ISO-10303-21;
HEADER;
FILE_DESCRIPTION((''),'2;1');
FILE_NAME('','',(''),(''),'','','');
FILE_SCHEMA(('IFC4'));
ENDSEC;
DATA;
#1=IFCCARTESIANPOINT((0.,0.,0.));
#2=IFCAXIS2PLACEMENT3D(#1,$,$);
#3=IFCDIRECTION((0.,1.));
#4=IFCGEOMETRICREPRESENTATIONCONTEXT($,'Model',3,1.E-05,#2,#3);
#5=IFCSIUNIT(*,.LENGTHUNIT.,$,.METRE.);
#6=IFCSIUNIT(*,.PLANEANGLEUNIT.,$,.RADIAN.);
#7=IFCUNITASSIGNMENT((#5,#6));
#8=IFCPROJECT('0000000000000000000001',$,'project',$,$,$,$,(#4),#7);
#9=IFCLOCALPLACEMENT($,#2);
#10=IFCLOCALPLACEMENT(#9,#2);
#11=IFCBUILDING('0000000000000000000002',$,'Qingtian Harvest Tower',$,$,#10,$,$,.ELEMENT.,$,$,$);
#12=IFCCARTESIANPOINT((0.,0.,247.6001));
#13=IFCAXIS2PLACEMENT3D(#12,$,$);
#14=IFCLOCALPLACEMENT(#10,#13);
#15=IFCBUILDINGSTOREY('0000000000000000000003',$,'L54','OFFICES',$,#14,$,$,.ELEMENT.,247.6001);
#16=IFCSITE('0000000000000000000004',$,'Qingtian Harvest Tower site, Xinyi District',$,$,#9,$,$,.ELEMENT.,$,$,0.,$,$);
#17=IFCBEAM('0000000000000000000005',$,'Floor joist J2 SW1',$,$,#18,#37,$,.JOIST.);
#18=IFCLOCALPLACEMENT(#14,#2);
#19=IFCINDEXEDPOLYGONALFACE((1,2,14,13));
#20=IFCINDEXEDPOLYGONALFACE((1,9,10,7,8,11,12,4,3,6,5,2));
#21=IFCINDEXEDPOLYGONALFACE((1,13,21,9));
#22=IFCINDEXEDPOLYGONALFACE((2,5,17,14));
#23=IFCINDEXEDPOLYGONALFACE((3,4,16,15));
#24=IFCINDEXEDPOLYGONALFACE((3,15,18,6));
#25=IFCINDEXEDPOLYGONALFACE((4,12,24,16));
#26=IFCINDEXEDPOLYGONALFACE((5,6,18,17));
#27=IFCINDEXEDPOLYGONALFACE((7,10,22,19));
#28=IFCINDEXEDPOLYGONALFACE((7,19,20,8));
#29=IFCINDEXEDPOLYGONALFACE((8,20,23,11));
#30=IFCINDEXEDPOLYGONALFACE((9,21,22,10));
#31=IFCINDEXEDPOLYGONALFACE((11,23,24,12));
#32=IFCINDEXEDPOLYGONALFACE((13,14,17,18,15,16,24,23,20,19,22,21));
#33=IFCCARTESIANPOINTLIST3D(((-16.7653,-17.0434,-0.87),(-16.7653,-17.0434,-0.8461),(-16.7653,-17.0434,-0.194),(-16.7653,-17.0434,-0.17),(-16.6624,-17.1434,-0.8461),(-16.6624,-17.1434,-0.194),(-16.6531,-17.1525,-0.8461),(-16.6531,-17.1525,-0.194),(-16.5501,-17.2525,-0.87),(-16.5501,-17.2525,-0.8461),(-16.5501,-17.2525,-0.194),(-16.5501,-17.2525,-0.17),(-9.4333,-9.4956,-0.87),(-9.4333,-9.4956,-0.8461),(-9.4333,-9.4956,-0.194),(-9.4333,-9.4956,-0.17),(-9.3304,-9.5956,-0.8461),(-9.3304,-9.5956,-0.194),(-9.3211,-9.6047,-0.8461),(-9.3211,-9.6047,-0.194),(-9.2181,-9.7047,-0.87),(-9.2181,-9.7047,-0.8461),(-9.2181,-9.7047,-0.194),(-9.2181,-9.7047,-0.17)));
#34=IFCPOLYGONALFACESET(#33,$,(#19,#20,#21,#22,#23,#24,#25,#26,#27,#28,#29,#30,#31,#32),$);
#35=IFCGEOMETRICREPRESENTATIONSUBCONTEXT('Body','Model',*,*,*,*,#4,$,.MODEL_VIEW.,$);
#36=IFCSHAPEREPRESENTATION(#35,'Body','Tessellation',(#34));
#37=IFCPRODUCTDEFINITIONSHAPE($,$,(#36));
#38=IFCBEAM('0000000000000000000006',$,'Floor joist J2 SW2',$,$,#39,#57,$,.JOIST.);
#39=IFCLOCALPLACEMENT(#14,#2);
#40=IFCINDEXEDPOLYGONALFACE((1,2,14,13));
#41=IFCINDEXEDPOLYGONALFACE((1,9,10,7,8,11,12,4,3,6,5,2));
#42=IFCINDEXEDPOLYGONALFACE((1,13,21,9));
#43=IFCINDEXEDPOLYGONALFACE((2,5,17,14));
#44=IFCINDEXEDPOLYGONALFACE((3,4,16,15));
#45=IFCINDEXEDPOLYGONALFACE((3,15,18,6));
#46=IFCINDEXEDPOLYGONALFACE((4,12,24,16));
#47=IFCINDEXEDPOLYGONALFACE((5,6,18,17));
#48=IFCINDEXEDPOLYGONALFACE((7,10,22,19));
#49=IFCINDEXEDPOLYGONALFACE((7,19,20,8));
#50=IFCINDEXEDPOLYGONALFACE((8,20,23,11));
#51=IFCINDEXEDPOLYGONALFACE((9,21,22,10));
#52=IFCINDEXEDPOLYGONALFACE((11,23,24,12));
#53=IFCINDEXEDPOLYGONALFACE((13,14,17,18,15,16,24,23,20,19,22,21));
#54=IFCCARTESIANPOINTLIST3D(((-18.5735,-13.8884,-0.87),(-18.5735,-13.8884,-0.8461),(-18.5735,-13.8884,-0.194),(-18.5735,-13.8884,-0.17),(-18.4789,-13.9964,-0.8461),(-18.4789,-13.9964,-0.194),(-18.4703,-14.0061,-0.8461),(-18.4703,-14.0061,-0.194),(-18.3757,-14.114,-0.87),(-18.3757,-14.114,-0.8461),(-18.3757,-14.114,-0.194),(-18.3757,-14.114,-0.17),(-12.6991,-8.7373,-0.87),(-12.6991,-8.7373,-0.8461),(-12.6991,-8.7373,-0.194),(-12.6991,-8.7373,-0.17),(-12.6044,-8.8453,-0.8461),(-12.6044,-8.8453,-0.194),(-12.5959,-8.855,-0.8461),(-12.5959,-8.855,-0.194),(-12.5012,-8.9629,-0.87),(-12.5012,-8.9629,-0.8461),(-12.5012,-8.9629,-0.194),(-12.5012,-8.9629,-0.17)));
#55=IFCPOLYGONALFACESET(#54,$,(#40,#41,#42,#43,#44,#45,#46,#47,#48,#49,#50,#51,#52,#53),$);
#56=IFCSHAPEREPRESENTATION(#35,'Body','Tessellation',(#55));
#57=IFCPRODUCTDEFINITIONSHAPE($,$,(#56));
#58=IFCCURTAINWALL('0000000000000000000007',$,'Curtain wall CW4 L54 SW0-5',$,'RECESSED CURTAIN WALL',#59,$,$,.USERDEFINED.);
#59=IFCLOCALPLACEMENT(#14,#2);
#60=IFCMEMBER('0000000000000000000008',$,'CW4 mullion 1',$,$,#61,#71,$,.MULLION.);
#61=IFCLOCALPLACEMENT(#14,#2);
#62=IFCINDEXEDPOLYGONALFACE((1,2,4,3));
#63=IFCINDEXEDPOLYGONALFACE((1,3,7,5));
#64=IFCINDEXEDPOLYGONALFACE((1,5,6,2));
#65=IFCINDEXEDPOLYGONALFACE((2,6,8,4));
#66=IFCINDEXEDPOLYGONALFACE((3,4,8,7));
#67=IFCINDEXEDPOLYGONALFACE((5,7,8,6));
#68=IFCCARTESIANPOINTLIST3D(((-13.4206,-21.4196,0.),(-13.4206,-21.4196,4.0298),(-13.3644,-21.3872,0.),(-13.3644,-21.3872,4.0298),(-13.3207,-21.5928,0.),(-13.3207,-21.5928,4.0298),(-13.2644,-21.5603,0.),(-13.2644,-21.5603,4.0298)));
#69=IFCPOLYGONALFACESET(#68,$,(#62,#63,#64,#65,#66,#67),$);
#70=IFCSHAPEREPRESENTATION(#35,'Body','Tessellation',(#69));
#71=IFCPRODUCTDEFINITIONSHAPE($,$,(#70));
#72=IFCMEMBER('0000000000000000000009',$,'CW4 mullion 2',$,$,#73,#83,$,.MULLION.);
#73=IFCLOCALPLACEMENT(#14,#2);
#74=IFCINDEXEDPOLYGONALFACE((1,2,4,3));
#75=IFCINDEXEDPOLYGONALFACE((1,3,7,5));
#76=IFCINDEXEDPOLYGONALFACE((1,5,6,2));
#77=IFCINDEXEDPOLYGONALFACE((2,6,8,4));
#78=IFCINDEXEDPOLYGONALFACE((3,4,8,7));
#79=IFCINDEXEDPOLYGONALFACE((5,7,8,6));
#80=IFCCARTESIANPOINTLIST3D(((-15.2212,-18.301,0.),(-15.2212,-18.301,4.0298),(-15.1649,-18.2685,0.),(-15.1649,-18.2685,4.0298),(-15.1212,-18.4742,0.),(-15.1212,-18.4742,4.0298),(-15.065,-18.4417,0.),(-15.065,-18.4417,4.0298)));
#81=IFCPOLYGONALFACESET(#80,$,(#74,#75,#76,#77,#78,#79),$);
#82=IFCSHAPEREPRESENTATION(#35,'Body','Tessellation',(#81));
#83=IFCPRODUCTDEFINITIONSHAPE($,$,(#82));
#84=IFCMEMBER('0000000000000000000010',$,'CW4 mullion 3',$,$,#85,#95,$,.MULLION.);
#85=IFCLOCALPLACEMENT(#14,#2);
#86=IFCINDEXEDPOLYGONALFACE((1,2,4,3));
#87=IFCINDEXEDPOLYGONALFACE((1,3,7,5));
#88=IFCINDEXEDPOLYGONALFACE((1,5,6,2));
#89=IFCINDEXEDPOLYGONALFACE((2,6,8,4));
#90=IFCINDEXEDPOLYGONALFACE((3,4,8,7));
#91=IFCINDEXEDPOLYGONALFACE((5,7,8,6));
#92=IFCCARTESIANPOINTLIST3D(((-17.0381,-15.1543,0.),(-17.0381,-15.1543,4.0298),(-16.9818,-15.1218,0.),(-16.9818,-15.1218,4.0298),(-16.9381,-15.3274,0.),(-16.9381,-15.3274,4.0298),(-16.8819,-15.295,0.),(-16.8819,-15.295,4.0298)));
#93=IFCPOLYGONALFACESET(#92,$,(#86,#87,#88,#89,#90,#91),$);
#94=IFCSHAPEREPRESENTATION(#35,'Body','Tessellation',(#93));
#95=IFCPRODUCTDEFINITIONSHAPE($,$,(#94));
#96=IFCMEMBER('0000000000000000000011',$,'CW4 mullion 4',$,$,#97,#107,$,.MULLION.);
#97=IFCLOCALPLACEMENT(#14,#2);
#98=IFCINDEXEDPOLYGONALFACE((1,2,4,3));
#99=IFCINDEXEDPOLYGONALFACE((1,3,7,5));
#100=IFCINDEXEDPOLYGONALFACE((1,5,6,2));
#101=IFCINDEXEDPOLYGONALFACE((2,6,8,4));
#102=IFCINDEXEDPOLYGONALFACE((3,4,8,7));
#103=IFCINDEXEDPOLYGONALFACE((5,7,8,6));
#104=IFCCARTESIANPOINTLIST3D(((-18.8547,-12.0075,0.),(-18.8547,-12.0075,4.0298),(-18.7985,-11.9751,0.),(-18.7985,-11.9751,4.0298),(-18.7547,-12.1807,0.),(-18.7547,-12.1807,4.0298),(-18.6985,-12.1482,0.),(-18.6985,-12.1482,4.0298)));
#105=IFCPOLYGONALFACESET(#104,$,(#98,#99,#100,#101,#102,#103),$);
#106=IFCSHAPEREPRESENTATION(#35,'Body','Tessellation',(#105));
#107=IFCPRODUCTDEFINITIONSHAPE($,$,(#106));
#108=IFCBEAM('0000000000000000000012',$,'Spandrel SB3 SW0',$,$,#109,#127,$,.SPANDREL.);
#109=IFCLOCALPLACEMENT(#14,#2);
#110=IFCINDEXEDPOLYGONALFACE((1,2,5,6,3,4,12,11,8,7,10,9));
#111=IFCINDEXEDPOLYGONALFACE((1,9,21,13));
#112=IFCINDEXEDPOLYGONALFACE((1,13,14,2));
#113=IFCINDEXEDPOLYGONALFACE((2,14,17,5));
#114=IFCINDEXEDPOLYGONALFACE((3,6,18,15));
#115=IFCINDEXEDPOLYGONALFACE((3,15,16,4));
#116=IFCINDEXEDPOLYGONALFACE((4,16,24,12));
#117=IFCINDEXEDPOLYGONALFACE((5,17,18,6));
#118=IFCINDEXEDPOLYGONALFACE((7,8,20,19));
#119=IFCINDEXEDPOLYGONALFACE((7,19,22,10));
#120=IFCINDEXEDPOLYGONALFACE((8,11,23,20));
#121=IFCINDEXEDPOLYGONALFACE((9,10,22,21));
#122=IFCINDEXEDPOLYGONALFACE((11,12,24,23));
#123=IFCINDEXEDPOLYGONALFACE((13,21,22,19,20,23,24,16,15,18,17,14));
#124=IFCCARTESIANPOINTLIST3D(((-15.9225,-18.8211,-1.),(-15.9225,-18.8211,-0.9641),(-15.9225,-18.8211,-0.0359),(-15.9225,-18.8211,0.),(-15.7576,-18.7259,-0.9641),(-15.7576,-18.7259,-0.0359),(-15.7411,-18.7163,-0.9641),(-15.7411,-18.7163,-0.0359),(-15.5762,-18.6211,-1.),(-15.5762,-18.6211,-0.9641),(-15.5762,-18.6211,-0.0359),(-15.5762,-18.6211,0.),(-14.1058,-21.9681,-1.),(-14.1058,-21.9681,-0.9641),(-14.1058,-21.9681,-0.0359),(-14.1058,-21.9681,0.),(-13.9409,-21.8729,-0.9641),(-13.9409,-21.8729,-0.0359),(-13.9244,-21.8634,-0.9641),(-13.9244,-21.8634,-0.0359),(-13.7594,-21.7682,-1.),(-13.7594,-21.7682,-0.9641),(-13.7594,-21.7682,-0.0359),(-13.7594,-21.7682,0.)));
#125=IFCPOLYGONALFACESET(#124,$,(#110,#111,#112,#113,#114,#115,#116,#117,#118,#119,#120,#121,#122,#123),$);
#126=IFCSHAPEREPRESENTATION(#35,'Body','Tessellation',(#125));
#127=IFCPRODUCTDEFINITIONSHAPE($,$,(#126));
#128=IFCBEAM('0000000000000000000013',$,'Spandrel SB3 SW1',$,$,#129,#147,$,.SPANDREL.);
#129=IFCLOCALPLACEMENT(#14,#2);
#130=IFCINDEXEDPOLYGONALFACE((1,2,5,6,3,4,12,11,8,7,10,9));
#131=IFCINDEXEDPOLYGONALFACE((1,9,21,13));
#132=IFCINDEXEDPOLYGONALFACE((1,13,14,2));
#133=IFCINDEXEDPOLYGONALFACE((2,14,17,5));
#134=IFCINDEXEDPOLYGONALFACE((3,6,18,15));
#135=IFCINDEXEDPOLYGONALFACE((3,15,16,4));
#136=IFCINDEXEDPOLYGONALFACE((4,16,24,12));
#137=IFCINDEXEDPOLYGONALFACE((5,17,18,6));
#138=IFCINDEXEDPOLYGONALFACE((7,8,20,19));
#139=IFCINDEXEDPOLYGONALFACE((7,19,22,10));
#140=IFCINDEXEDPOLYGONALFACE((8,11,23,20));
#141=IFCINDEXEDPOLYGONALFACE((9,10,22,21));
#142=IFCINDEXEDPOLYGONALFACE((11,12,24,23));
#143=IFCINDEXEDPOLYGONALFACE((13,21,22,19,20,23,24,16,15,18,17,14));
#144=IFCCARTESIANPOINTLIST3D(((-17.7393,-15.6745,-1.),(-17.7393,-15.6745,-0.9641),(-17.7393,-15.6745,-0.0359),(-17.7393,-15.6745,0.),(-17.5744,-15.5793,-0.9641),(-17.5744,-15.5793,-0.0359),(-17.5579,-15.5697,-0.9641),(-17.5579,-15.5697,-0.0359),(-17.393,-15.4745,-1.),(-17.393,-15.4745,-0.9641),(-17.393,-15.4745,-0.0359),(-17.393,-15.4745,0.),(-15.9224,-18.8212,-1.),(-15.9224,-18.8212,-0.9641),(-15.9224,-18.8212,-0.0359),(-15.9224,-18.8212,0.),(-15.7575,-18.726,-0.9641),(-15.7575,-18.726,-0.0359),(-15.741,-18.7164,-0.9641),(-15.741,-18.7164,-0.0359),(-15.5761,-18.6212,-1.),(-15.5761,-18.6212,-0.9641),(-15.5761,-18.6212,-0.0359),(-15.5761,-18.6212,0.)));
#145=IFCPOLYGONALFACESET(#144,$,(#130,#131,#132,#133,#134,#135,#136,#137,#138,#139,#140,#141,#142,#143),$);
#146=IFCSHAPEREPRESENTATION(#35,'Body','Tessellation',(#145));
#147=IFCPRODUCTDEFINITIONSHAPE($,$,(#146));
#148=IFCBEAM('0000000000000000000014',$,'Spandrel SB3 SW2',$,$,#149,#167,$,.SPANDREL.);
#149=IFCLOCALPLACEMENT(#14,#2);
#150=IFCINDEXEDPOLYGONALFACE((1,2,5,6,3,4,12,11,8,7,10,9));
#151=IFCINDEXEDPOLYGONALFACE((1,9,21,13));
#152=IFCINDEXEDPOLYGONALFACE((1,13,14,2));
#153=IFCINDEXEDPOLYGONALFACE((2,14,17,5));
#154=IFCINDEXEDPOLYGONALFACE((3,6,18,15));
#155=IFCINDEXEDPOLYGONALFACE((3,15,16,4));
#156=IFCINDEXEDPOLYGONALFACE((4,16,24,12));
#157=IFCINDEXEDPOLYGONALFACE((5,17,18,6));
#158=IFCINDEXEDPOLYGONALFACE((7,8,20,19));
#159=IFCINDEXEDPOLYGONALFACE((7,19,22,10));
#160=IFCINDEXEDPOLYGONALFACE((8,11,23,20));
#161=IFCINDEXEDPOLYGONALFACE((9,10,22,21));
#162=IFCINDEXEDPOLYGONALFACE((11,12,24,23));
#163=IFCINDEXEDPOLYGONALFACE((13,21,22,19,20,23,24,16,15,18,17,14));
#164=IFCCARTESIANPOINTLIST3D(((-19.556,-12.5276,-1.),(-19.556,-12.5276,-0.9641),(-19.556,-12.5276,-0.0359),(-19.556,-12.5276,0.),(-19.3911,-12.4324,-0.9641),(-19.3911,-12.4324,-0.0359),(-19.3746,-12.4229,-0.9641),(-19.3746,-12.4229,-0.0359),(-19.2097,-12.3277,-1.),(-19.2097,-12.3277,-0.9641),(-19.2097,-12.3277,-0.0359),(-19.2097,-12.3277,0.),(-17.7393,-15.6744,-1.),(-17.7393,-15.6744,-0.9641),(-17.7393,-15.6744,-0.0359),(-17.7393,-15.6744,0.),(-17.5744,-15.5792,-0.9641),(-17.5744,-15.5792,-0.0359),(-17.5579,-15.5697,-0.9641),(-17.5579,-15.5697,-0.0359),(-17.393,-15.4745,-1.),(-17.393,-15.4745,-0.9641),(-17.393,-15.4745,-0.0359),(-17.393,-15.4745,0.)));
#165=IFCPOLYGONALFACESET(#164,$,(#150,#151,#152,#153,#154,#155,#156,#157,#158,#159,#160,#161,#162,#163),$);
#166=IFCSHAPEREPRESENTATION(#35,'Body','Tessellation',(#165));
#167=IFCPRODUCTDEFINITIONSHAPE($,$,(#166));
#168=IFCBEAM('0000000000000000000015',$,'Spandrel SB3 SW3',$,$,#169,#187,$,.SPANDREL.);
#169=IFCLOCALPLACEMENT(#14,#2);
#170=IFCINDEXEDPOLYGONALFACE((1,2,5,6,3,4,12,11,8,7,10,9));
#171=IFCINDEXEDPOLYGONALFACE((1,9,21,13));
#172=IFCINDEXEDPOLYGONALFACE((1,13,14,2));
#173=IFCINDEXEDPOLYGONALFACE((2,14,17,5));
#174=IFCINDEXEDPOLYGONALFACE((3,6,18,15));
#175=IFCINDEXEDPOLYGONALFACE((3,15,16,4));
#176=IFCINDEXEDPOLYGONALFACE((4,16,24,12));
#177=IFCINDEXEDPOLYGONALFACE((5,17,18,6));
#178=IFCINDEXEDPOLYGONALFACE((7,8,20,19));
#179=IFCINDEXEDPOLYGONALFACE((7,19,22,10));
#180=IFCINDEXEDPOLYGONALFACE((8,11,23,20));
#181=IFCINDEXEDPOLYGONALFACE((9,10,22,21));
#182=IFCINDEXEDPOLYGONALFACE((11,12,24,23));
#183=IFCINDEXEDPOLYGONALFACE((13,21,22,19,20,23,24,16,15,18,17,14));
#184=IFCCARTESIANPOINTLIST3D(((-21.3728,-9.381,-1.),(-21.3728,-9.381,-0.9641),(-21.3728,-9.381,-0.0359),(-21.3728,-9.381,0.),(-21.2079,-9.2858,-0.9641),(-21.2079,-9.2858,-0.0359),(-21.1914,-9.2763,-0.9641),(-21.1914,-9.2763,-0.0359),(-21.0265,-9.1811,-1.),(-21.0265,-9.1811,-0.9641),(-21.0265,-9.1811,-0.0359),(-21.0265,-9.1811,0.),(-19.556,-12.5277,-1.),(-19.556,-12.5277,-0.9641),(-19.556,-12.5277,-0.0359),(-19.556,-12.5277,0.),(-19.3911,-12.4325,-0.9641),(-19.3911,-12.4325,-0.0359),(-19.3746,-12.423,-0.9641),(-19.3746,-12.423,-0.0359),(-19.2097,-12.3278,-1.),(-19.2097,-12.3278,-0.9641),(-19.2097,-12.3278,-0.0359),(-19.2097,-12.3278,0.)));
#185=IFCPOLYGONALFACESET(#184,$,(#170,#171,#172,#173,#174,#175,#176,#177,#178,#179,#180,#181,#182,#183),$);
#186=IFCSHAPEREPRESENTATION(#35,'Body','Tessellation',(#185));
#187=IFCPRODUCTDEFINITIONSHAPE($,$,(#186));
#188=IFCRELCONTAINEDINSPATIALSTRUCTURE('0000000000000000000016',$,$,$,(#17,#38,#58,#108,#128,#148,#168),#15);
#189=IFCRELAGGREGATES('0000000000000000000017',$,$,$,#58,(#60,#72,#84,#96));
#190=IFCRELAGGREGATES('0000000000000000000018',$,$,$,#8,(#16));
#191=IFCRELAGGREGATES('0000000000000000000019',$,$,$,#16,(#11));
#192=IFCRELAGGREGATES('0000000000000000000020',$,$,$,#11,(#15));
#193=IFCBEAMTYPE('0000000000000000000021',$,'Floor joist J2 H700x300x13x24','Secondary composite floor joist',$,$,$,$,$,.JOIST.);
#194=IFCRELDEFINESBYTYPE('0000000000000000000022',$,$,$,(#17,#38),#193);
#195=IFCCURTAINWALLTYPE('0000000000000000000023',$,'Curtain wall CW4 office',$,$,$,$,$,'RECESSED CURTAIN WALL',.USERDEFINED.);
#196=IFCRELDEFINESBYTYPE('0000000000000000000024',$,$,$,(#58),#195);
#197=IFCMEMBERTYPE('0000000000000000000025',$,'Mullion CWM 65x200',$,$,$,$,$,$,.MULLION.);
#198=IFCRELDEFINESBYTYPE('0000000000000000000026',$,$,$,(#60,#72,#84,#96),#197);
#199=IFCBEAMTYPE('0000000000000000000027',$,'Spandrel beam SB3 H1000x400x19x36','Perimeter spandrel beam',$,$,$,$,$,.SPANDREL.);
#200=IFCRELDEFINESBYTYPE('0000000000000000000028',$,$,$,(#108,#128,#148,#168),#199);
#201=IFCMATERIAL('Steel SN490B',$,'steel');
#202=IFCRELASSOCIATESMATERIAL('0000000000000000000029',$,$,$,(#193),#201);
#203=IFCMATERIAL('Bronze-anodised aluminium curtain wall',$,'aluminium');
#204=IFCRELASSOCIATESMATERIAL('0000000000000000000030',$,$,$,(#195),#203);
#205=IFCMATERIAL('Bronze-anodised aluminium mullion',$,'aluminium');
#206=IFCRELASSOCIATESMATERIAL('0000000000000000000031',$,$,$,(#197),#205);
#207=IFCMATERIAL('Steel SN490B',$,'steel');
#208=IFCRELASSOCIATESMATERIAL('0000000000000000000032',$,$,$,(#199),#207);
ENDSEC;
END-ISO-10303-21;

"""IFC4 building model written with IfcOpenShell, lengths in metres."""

from ifc_helpers import new_model, si_unit, direction, frame, origin, origin_2d, place, context, subcontext, project, spatial, rectangle, i_section, extrude, material, material_profile, profile_set, type_object, element, aggregate, save


model = new_model("IFC4")

# Units and contexts
model_context = context("Model", 3, precision=1e-05, world=origin(), true_north=direction((0.0, 1.0)))
body_context = subcontext(model_context, "Body", "Model", "MODEL_VIEW")
ifc_project = project(units=[si_unit("LENGTHUNIT", "METRE"), si_unit("PLANEANGLEUNIT", "RADIAN")], contexts=[model_context])

# Site, building, storey
site_placement = place(None, origin())
site = spatial("IfcSite", under=ifc_project, at=site_placement, Name="Qingtian Harvest Tower site, Xinyi District", CompositionType="ELEMENT", RefElevation=0.0)
building_placement = place(site_placement, origin())
building = spatial("IfcBuilding", under=site, at=building_placement, Name="Qingtian Harvest Tower", CompositionType="ELEMENT")
storey_placement = place(building_placement, frame((0.0, 0.0, 247.6001)))
storey = spatial("IfcBuildingStorey", under=building, at=storey_placement, Name="L54", Description="OFFICES", CompositionType="ELEMENT", Elevation=247.6001)

# Beams
ifc_material_1 = material(Name="Steel SN490B", Category="steel")
ifc_material_profile_1 = material_profile(ifc_material_1, i_section(OverallWidth=0.3, OverallDepth=0.7, WebThickness=0.0129, FlangeThickness=0.0239, at=origin_2d()), Name="H700x300x13x24")
ifc_profile_set_1 = profile_set([ifc_material_profile_1], Name="Steel SN490B")
beam_type_1 = type_object("IfcBeamType", Name="Floor joist J2 H700x300x13x24", Description="Secondary composite floor joist", PredefinedType="JOIST", material=ifc_profile_set_1)
beam_1_placement = place(storey_placement, frame((-16.6577, -17.1479, -0.52), z_axis=(0.696777, 0.717287, 0.0), x_axis=(-0.717287, 0.696777, 0.0)))
element("IfcBeam", 1, at=beam_1_placement, inside=storey, type_object=beam_type_1, Name="Floor joist J2 SW1", PredefinedType="JOIST", context=body_context, shape_type="SweptSolid", body=[
    extrude(i_section(OverallWidth=0.3, OverallDepth=0.7, WebThickness=0.0129, FlangeThickness=0.0239, at=origin_2d()), origin(), (0.0, 0.0, 1.0), 10.5227),
])
beam_2_placement = place(storey_placement, frame((-18.4746, -14.0012, -0.52), z_axis=(0.751883, 0.659296, 0.0), x_axis=(-0.659296, 0.751883, 0.0)))
element("IfcBeam", 2, at=beam_2_placement, inside=storey, type_object=beam_type_1, Name="Floor joist J2 SW2", PredefinedType="JOIST", context=body_context, shape_type="SweptSolid", body=[
    extrude(i_section(OverallWidth=0.3, OverallDepth=0.7, WebThickness=0.0129, FlangeThickness=0.0239, at=origin_2d()), origin(), (0.0, 0.0, 1.0), 7.813),
])

# Curtain wall, members
ifc_material_2 = material(Name="Bronze-anodised aluminium curtain wall", Category="aluminium")
curtain_wall_type = type_object("IfcCurtainWallType", Name="Curtain wall CW4 office", ElementType="RECESSED CURTAIN WALL", PredefinedType="USERDEFINED", material=ifc_material_2)
curtain_wall_placement = place(storey_placement, origin())
curtain_wall = element("IfcCurtainWall", 3, at=curtain_wall_placement, inside=storey, type_object=curtain_wall_type, Name="Curtain wall CW4 L54 SW0-5", ObjectType="RECESSED CURTAIN WALL", PredefinedType="USERDEFINED")
ifc_material_3 = material(Name="Bronze-anodised aluminium mullion", Category="aluminium")
ifc_material_profile_2 = material_profile(ifc_material_3, rectangle(XDim=0.0649, YDim=0.2, at=origin_2d()), Name="AL 65x200")
ifc_profile_set_2 = profile_set([ifc_material_profile_2], Name="Bronze-anodised aluminium mullion")
member_type_1 = type_object("IfcMemberType", Name="Mullion CWM 65x200", PredefinedType="MULLION", material=ifc_profile_set_2)
member_1_placement = place(storey_placement, frame((-13.3425, -21.49, 0.0), z_axis=(0.0, 0.0, 1.0), x_axis=(-0.866025, -0.5, 0.0)))
member_1 = element("IfcMember", 4, at=member_1_placement, type_object=member_type_1, Name="CW4 mullion 1", PredefinedType="MULLION", context=body_context, shape_type="SweptSolid", body=[
    extrude(rectangle(XDim=0.0649, YDim=0.2, at=origin_2d()), origin(), (0.0, 0.0, 1.0), 4.0298),
])
member_2_placement = place(storey_placement, frame((-15.1431, -18.3713, 0.0), z_axis=(0.0, 0.0, 1.0), x_axis=(-0.866025, -0.5, 0.0)))
member_2 = element("IfcMember", 5, at=member_2_placement, type_object=member_type_1, Name="CW4 mullion 2", PredefinedType="MULLION", context=body_context, shape_type="SweptSolid", body=[
    extrude(rectangle(XDim=0.0649, YDim=0.2, at=origin_2d()), origin(), (0.0, 0.0, 1.0), 4.0298),
])
member_3_placement = place(storey_placement, frame((-16.96, -15.2246, 0.0), z_axis=(0.0, 0.0, 1.0), x_axis=(-0.866025, -0.5, 0.0)))
member_3 = element("IfcMember", 6, at=member_3_placement, type_object=member_type_1, Name="CW4 mullion 3", PredefinedType="MULLION", context=body_context, shape_type="SweptSolid", body=[
    extrude(rectangle(XDim=0.0649, YDim=0.2, at=origin_2d()), origin(), (0.0, 0.0, 1.0), 4.0298),
])
member_4_placement = place(storey_placement, frame((-18.7766, -12.0779, 0.0), z_axis=(0.0, 0.0, 1.0), x_axis=(-0.866025, -0.5, 0.0)))
member_4 = element("IfcMember", 7, at=member_4_placement, type_object=member_type_1, Name="CW4 mullion 4", PredefinedType="MULLION", context=body_context, shape_type="SweptSolid", body=[
    extrude(rectangle(XDim=0.0649, YDim=0.2, at=origin_2d()), origin(), (0.0, 0.0, 1.0), 4.0298),
])

# Beams
ifc_material_4 = material(Name="Steel SN490B", Category="steel")
ifc_material_profile_3 = material_profile(ifc_material_4, i_section(OverallWidth=0.3999, OverallDepth=1.0, WebThickness=0.019, FlangeThickness=0.0359, at=origin_2d()), Name="H1000x400x19x36")
ifc_profile_set_3 = profile_set([ifc_material_profile_3], Name="Steel SN490B")
beam_type_2 = type_object("IfcBeamType", Name="Spandrel beam SB3 H1000x400x19x36", Description="Perimeter spandrel beam", PredefinedType="SPANDREL", material=ifc_profile_set_3)
beam_3_placement = place(storey_placement, frame((-13.9326, -21.8682, -0.5), z_axis=(-0.499947, 0.866056, 0.0), x_axis=(-0.866056, -0.499947, 0.0)))
element("IfcBeam", 8, at=beam_3_placement, inside=storey, type_object=beam_type_2, Name="Spandrel SB3 SW0", PredefinedType="SPANDREL", context=body_context, shape_type="SweptSolid", body=[
    extrude(i_section(OverallWidth=0.3999, OverallDepth=1.0, WebThickness=0.019, FlangeThickness=0.0359, at=origin_2d()), origin(), (0.0, 0.0, 1.0), 3.6338),
])
for number, where, z_axis, x_axis, name in (
    (9, (-15.7493, -18.7212, -0.5), (-0.500027, 0.86601, 0.0), (-0.86601, -0.500027, 0.0), "Spandrel SB3 SW1"),
    (10, (-17.5662, -15.5745, -0.5), (-0.499976, 0.866039, 0.0), (-0.866039, -0.499976, 0.0), "Spandrel SB3 SW2"),
    (11, (-19.3828, -12.4277, -0.5), (-0.500027, 0.86601, 0.0), (-0.86601, -0.500027, 0.0), "Spandrel SB3 SW3"),
):
    element("IfcBeam", number, at=place(storey_placement, frame(where, z_axis=z_axis, x_axis=x_axis)), inside=storey, type_object=beam_type_2, Name=name, PredefinedType="SPANDREL", context=body_context, shape_type="SweptSolid", body=[
        extrude(i_section(OverallWidth=0.3999, OverallDepth=1.0, WebThickness=0.019, FlangeThickness=0.0359, at=origin_2d()), origin(), (0.0, 0.0, 1.0), 3.6335),
    ])

aggregate(curtain_wall, [member_1, member_2, member_3, member_4])

save(model, "model.ifc")
